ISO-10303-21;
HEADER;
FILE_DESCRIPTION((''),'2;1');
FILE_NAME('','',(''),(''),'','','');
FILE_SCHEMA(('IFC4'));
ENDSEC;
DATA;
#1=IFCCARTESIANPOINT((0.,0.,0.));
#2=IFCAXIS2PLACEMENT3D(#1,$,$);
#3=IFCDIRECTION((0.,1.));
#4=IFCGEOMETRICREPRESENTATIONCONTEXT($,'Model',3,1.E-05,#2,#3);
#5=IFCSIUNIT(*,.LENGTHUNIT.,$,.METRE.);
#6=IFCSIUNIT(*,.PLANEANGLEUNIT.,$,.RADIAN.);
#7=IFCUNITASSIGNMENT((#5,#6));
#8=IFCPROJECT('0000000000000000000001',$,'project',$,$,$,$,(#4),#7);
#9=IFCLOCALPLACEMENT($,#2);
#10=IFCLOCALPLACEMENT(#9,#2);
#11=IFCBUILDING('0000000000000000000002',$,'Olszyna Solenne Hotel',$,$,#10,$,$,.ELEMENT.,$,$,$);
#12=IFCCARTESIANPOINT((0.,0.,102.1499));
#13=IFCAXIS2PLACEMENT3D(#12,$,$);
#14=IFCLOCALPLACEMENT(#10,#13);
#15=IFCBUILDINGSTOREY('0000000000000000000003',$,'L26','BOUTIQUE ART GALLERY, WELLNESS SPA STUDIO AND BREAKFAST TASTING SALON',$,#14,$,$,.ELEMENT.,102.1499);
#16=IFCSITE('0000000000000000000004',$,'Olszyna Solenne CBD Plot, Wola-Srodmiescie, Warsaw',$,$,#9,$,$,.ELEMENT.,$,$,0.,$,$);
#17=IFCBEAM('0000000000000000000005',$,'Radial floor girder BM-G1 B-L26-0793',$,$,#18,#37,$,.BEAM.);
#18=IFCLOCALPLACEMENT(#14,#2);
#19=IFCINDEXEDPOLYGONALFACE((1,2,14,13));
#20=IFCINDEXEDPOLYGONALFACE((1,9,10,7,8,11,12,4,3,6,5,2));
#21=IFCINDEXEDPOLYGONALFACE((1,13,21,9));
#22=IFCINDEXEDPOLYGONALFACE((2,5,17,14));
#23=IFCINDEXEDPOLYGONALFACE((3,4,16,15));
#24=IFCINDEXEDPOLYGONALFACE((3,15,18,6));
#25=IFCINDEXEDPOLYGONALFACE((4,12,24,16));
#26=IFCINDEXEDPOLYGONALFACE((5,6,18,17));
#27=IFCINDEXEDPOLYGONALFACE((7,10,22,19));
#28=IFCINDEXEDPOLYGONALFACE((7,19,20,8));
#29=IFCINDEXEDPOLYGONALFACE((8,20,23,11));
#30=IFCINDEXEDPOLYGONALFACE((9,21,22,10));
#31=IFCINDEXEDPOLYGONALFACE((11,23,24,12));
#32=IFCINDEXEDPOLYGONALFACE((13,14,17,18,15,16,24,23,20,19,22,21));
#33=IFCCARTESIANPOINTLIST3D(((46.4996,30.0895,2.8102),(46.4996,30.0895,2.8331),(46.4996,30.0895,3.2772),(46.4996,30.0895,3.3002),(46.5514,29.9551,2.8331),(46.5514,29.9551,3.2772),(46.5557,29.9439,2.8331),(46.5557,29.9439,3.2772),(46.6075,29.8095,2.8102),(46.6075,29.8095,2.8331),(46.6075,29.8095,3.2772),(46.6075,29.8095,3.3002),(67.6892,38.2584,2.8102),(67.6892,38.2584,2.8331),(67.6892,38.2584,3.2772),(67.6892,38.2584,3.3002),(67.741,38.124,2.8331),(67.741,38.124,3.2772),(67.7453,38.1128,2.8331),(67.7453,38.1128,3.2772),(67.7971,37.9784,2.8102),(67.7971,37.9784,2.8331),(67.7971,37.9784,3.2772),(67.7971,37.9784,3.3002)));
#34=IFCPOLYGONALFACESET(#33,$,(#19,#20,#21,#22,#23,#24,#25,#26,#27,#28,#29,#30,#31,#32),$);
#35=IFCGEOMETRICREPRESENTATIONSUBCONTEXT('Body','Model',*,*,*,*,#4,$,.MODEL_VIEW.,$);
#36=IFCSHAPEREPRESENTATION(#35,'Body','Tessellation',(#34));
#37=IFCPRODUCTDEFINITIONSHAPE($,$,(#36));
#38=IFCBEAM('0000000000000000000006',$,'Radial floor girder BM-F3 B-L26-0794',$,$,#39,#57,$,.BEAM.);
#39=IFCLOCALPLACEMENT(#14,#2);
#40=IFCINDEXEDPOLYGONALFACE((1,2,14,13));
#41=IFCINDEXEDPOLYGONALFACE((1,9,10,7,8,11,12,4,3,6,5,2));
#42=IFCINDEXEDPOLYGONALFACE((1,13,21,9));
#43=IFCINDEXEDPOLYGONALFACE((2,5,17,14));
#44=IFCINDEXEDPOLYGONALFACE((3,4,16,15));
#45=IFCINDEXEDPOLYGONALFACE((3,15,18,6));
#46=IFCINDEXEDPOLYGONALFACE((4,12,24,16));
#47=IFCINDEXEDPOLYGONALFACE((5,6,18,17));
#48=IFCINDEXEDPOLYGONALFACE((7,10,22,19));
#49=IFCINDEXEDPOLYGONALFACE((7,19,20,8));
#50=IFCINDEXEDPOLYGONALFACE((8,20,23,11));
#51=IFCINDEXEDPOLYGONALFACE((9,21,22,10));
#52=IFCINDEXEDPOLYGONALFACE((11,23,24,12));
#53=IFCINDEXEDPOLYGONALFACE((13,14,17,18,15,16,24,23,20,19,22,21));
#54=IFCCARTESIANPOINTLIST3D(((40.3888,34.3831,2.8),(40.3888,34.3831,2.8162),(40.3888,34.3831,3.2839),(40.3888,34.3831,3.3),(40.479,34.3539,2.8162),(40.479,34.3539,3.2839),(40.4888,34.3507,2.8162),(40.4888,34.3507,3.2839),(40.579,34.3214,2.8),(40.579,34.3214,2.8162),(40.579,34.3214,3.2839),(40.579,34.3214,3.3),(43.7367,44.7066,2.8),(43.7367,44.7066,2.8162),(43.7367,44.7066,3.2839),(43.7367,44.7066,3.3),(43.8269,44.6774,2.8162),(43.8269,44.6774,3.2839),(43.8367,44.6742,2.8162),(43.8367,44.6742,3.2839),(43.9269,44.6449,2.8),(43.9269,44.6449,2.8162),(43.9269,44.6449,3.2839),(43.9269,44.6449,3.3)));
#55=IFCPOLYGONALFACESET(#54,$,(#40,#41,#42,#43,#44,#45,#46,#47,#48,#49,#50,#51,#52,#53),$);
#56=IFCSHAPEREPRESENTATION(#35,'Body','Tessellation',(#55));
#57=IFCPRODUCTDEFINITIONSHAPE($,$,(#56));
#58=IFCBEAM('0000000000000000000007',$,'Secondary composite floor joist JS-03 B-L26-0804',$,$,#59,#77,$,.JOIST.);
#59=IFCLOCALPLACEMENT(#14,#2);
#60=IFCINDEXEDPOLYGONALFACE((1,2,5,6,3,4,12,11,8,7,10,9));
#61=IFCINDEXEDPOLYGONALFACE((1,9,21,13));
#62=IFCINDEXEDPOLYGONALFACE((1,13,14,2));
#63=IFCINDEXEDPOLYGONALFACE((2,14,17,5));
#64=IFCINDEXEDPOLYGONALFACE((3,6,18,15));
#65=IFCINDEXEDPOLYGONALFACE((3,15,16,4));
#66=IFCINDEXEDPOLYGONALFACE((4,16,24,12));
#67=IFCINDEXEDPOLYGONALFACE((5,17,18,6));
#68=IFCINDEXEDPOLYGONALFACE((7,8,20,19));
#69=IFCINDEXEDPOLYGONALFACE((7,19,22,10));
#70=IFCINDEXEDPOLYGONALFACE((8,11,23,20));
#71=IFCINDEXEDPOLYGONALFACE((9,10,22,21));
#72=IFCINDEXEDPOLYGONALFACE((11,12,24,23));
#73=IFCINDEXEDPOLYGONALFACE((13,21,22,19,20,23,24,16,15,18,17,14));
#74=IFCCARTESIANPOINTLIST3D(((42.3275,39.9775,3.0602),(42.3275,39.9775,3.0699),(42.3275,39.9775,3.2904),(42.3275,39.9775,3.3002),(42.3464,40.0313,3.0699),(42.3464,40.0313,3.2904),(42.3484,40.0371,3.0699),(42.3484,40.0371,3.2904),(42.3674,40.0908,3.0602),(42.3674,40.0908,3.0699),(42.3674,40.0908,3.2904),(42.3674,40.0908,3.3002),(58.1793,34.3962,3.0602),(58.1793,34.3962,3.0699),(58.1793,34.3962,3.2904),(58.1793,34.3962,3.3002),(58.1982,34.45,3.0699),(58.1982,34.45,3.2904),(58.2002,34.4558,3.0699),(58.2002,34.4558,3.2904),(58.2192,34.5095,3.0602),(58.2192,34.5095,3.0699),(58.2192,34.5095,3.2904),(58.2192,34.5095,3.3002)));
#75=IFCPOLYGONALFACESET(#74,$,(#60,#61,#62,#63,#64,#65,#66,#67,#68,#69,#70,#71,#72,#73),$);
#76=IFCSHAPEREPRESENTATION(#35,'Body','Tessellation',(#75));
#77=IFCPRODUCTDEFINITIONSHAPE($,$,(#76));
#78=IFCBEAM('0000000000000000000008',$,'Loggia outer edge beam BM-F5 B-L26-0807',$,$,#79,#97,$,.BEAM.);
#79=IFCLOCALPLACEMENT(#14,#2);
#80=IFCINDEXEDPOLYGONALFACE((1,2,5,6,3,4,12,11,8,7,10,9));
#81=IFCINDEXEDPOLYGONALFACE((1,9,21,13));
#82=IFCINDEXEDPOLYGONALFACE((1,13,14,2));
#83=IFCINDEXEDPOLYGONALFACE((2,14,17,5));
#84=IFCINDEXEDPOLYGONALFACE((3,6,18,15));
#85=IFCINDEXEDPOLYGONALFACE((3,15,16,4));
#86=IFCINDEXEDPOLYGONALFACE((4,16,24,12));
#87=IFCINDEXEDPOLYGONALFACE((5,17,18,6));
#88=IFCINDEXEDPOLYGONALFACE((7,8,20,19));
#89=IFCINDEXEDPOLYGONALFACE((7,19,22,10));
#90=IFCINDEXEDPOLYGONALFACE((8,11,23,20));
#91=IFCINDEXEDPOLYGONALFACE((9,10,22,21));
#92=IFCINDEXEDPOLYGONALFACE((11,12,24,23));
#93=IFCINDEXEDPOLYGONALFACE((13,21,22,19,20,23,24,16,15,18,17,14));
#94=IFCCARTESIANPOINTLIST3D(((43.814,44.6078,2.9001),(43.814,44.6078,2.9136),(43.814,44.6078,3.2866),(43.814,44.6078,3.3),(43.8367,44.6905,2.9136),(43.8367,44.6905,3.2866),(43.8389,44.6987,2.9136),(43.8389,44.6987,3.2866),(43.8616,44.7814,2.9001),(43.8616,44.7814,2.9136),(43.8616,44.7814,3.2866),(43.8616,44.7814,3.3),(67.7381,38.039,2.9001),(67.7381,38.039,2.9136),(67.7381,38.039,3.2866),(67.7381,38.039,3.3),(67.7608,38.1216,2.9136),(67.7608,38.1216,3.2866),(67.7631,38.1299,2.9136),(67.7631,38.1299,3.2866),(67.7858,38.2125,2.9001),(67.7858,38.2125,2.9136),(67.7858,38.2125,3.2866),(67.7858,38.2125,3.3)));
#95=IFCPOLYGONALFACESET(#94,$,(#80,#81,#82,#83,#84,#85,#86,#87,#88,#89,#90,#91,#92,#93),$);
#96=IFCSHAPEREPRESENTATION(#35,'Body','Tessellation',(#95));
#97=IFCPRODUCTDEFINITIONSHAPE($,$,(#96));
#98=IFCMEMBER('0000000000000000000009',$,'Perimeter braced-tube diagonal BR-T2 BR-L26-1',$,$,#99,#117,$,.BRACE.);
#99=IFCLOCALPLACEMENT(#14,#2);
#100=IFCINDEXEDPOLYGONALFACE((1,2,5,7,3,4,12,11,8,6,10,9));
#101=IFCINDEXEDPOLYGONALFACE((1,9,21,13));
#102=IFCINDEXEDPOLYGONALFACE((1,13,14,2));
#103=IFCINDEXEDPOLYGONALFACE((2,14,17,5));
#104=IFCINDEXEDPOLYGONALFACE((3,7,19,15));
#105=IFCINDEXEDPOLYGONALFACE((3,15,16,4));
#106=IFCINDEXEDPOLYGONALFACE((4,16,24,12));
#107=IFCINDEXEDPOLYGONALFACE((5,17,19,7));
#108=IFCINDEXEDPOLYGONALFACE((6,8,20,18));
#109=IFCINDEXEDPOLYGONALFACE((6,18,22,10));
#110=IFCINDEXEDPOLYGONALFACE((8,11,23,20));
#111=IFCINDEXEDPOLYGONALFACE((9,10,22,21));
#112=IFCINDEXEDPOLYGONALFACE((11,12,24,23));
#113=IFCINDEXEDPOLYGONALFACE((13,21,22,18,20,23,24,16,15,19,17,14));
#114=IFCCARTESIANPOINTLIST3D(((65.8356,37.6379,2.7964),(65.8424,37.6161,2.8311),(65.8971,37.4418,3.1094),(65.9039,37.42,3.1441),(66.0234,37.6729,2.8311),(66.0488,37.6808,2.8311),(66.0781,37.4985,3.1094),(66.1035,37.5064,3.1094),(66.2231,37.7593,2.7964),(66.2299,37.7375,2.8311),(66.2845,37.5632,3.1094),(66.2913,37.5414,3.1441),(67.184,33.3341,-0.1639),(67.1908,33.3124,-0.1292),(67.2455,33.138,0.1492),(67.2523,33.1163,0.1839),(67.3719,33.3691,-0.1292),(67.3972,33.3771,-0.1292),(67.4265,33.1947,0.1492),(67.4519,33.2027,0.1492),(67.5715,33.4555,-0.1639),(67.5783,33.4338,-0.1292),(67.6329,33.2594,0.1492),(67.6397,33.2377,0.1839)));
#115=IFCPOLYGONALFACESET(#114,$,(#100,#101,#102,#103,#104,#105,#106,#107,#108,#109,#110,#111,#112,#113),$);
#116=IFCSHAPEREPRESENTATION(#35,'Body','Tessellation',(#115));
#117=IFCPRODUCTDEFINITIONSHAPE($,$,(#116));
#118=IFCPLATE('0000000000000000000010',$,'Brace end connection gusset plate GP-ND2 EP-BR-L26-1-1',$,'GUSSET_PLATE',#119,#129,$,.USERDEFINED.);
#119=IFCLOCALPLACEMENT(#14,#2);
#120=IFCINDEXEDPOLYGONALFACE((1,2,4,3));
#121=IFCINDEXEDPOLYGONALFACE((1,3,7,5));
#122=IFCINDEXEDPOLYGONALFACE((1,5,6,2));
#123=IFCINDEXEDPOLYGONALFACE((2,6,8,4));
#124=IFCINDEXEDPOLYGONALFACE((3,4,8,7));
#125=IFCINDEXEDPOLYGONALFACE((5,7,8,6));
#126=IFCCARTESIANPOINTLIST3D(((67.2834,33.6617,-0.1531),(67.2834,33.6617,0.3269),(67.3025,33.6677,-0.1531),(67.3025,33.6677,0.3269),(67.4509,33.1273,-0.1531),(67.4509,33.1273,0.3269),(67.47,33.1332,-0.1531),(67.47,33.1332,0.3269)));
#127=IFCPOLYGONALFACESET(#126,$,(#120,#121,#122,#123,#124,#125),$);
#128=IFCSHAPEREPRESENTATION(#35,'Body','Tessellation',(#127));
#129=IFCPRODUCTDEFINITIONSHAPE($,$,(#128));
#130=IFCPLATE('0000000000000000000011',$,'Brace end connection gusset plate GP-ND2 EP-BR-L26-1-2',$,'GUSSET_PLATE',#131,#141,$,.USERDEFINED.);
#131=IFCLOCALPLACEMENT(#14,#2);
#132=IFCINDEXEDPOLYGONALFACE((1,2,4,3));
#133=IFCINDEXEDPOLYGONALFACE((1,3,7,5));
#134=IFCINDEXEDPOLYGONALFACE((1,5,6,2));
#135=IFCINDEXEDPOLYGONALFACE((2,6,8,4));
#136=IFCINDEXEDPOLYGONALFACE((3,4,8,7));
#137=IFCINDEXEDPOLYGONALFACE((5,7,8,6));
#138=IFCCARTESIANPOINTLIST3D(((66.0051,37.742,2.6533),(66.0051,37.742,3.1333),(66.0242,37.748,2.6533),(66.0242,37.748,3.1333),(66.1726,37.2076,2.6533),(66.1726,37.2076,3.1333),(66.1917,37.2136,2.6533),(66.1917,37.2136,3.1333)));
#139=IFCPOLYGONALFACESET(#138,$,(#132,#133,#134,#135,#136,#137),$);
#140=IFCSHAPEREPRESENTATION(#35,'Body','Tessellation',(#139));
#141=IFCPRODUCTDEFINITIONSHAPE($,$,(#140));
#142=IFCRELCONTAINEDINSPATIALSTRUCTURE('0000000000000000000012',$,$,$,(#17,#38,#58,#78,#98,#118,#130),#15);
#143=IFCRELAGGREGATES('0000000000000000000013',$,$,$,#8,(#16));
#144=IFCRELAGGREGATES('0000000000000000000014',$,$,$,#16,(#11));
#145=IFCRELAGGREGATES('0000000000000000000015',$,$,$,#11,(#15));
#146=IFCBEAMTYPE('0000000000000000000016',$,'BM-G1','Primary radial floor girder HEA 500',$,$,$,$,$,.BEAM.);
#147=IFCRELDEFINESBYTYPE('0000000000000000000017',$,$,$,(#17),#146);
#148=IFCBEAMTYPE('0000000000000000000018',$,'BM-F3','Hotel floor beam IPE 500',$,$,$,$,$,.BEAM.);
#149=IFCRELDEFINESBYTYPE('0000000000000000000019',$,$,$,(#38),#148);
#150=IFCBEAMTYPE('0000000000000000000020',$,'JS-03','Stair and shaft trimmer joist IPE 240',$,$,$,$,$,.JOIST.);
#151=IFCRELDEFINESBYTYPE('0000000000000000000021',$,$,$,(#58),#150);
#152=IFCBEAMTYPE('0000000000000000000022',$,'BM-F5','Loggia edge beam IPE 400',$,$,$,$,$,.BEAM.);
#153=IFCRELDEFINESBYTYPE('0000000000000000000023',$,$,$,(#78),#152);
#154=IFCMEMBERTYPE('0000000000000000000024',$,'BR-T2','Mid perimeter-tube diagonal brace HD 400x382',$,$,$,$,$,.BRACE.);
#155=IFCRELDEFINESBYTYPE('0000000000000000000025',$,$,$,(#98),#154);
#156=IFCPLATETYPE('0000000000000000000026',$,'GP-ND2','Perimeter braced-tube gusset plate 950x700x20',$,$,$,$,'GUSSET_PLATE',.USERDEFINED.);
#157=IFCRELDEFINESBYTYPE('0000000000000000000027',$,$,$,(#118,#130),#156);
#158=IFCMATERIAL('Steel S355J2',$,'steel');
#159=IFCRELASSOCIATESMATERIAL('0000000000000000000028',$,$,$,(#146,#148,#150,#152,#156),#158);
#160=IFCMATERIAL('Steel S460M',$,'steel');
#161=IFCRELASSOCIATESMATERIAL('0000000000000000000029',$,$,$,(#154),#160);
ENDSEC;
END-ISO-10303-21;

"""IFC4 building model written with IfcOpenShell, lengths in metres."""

from ifc_helpers import new_model, si_unit, direction, frame, origin, origin_2d, place, context, subcontext, project, spatial, rectangle, i_section, extrude, source, transform, mapped, material, material_profile, profile_set, type_object, element, save


model = new_model("IFC4")

# Units and contexts
model_context = context("Model", 3, precision=1e-05, world=origin(), true_north=direction((0.0, 1.0)))
body_context = subcontext(model_context, "Body", "Model", "MODEL_VIEW")
ifc_project = project(units=[si_unit("LENGTHUNIT", "METRE"), si_unit("PLANEANGLEUNIT", "RADIAN")], contexts=[model_context])

# Site, building, storey
site_placement = place(None, origin())
site = spatial("IfcSite", under=ifc_project, at=site_placement, Name="Olszyna Solenne CBD Plot, Wola-Srodmiescie, Warsaw", CompositionType="ELEMENT", RefElevation=0.0)
building_placement = place(site_placement, origin())
building = spatial("IfcBuilding", under=site, at=building_placement, Name="Olszyna Solenne Hotel", CompositionType="ELEMENT")
storey_placement = place(building_placement, frame((0.0, 0.0, 102.1499)))
storey = spatial("IfcBuildingStorey", under=building, at=storey_placement, Name="L26", Description="BOUTIQUE ART GALLERY, WELLNESS SPA STUDIO AND BREAKFAST TASTING SALON", CompositionType="ELEMENT", Elevation=102.1499)

# Shared definitions
ifc_material_1 = material(Name="Steel S460M", Category="steel")

# Beams
ifc_material_2 = material(Name="Steel S355J2", Category="steel")
ifc_material_profile_1 = material_profile(ifc_material_2, i_section(OverallWidth=0.3, OverallDepth=0.49, WebThickness=0.012, FlangeThickness=0.0229, at=origin_2d()), Name="HEA 500", Category="load-bearing")
ifc_profile_set_1 = profile_set([ifc_material_profile_1], Name="Steel S355J2")
beam_type_1 = type_object("IfcBeamType", Name="BM-G1", Description="Primary radial floor girder HEA 500", PredefinedType="BEAM", material=ifc_profile_set_1)
shared_shape_1 = source(origin(), body_context, "Body", "SweptSolid", [
    extrude(i_section(OverallWidth=0.3, OverallDepth=0.49, WebThickness=0.012, FlangeThickness=0.0229, at=origin_2d()), origin(), (0.0, 0.0, 1.0), 22.7097),
])
beam_1_placement = place(storey_placement, frame((67.7432, 38.1184, 3.0552), z_axis=(-0.933064, -0.35971, 0.0), x_axis=(0.35971, -0.933064, 0.0)))
element("IfcBeam", 1, at=beam_1_placement, inside=storey, type_object=beam_type_1, Name="Radial floor girder BM-G1 B-L26-0793", PredefinedType="BEAM", context=body_context, shape_type="MappedRepresentation", body=[
    mapped(shared_shape_1, transform((0.0, 0.0, 0.0), x_axis=(1.0, 0.0, 0.0), y_axis=(0.0, 1.0, 0.0), z_axis=(0.0, 0.0, 1.0), scale=1.0)),
])
ifc_material_profile_2 = material_profile(ifc_material_2, i_section(OverallWidth=0.2, OverallDepth=0.5, WebThickness=0.0103, FlangeThickness=0.0161, at=origin_2d()), Name="IPE 500", Category="load-bearing")
ifc_profile_set_2 = profile_set([ifc_material_profile_2], Name="Steel S355J2")
beam_type_2 = type_object("IfcBeamType", Name="BM-F3", Description="Hotel floor beam IPE 500", PredefinedType="BEAM", material=ifc_profile_set_2)
shared_shape_2 = source(origin(), body_context, "Body", "SweptSolid", [
    extrude(i_section(OverallWidth=0.2, OverallDepth=0.5, WebThickness=0.0103, FlangeThickness=0.0161, at=origin_2d()), origin(), (0.0, 0.0, 1.0), 10.8528),
])
beam_2_placement = place(storey_placement, frame((43.8318, 44.6758, 3.05), z_axis=(-0.308483, -0.95123, 0.0), x_axis=(0.95123, -0.308483, 0.0)))
element("IfcBeam", 2, at=beam_2_placement, inside=storey, type_object=beam_type_2, Name="Radial floor girder BM-F3 B-L26-0794", PredefinedType="BEAM", context=body_context, shape_type="MappedRepresentation", body=[
    mapped(shared_shape_2, transform((0.0, 0.0, 0.0), x_axis=(1.0, 0.0, 0.0), y_axis=(0.0, 1.0, 0.0), z_axis=(0.0, 0.0, 1.0), scale=1.0)),
])
ifc_material_profile_3 = material_profile(ifc_material_2, i_section(OverallWidth=0.1201, OverallDepth=0.24, WebThickness=0.0061, FlangeThickness=0.0098, at=origin_2d()), Name="IPE 240", Category="load-bearing")
ifc_profile_set_3 = profile_set([ifc_material_profile_3], Name="Steel S355J2")
beam_type_3 = type_object("IfcBeamType", Name="JS-03", Description="Stair and shaft trimmer joist IPE 240", PredefinedType="JOIST", material=ifc_profile_set_3)
shared_shape_3 = source(origin(), body_context, "Body", "SweptSolid", [
    extrude(i_section(OverallWidth=0.1201, OverallDepth=0.24, WebThickness=0.0061, FlangeThickness=0.0098, at=origin_2d()), origin(), (0.0, 0.0, 1.0), 16.8057),
])
beam_3_placement = place(storey_placement, frame((58.1992, 34.4529, 3.1802), z_axis=(-0.943241, 0.332108, 0.0), x_axis=(-0.332108, -0.943241, 0.0)))
element("IfcBeam", 3, at=beam_3_placement, inside=storey, type_object=beam_type_3, Name="Secondary composite floor joist JS-03 B-L26-0804", PredefinedType="JOIST", context=body_context, shape_type="MappedRepresentation", body=[
    mapped(shared_shape_3, transform((0.0, 0.0, 0.0), x_axis=(1.0, 0.0, 0.0), y_axis=(0.0, 1.0, 0.0), z_axis=(0.0, 0.0, 1.0), scale=1.0)),
])
ifc_material_profile_4 = material_profile(ifc_material_2, i_section(OverallWidth=0.1799, OverallDepth=0.3999, WebThickness=0.0085, FlangeThickness=0.0134, at=origin_2d()), Name="IPE 400", Category="load-bearing")
ifc_profile_set_4 = profile_set([ifc_material_profile_4], Name="Steel S355J2")
beam_type_4 = type_object("IfcBeamType", Name="BM-F5", Description="Loggia edge beam IPE 400", PredefinedType="BEAM", material=ifc_profile_set_4)
shared_shape_4 = source(origin(), body_context, "Body", "SweptSolid", [
    extrude(i_section(OverallWidth=0.1799, OverallDepth=0.3999, WebThickness=0.0085, FlangeThickness=0.0134, at=origin_2d()), origin(), (0.0, 0.0, 1.0), 24.8096),
])
beam_4_placement = place(storey_placement, frame((67.762, 38.1257, 3.1001), z_axis=(-0.964311, 0.264772, 0.0), x_axis=(-0.264772, -0.964311, 0.0)))
element("IfcBeam", 4, at=beam_4_placement, inside=storey, type_object=beam_type_4, Name="Loggia outer edge beam BM-F5 B-L26-0807", PredefinedType="BEAM", context=body_context, shape_type="MappedRepresentation", body=[
    mapped(shared_shape_4, transform((0.0, 0.0, 0.0), x_axis=(1.0, 0.0, 0.0), y_axis=(0.0, 1.0, 0.0), z_axis=(0.0, 0.0, 1.0), scale=1.0)),
])

# Member
ifc_material_profile_5 = material_profile(ifc_material_1, i_section(OverallWidth=0.406, OverallDepth=0.416, WebThickness=0.0266, FlangeThickness=0.0415, at=origin_2d()), Name="HD 400x382", Category="load-bearing")
ifc_profile_set_5 = profile_set([ifc_material_profile_5], Name="Steel S460M")
member_type = type_object("IfcMemberType", Name="BR-T2", Description="Mid perimeter-tube diagonal brace HD 400x382", PredefinedType="BRACE", material=ifc_profile_set_5)
shared_shape_5 = source(origin(), body_context, "Body", "SweptSolid", [
    extrude(i_section(OverallWidth=0.406, OverallDepth=0.416, WebThickness=0.0266, FlangeThickness=0.0415, at=origin_2d()), origin(), (0.0, 0.0, 1.0), 5.3948),
])
member_placement = place(storey_placement, frame((67.4119, 33.2859, 0.01), z_axis=(-0.249946, 0.797765, 0.548724), x_axis=(-0.95426, -0.298978, 0.0)))
element("IfcMember", 5, at=member_placement, inside=storey, type_object=member_type, Name="Perimeter braced-tube diagonal BR-T2 BR-L26-1", PredefinedType="BRACE", context=body_context, shape_type="MappedRepresentation", body=[
    mapped(shared_shape_5, transform((0.0, 0.0, 0.0), x_axis=(1.0, 0.0, 0.0), y_axis=(0.0, 1.0, 0.0), z_axis=(0.0, 0.0, 1.0), scale=1.0)),
])

# Plates
plate_type = type_object("IfcPlateType", Name="GP-ND2", Description="Perimeter braced-tube gusset plate 950x700x20", ElementType="GUSSET_PLATE", PredefinedType="USERDEFINED", material=ifc_material_2)
shared_shape_6 = source(origin(), body_context, "Body", "SweptSolid", [
    extrude(rectangle(XDim=0.5601, YDim=0.02, at=origin_2d()), origin(), (0.0, 0.0, 1.0), 0.48),
])
for number, where, z_axis, x_axis, name in (
    (6, (67.3767, 33.3975, -0.1531), (0.0, 0.0, 1.0), (-0.299041, 0.95424, 0.0), "Brace end connection gusset plate GP-ND2 EP-BR-L26-1-1"),
    (7, (66.0984, 37.4778, 2.6533), (0.0, 0.0, 1.0), (-0.299041, 0.95424, 0.0), "Brace end connection gusset plate GP-ND2 EP-BR-L26-1-2"),
):
    element("IfcPlate", number, at=place(storey_placement, frame(where, z_axis=z_axis, x_axis=x_axis)), inside=storey, type_object=plate_type, Name=name, ObjectType="GUSSET_PLATE", PredefinedType="USERDEFINED", context=body_context, shape_type="MappedRepresentation", body=[
        mapped(shared_shape_6, transform((0.0, 0.0, 0.0), x_axis=(1.0, 0.0, 0.0), y_axis=(0.0, 1.0, 0.0), z_axis=(0.0, 0.0, 1.0), scale=1.0)),
    ])

save(model, "model.ifc")
